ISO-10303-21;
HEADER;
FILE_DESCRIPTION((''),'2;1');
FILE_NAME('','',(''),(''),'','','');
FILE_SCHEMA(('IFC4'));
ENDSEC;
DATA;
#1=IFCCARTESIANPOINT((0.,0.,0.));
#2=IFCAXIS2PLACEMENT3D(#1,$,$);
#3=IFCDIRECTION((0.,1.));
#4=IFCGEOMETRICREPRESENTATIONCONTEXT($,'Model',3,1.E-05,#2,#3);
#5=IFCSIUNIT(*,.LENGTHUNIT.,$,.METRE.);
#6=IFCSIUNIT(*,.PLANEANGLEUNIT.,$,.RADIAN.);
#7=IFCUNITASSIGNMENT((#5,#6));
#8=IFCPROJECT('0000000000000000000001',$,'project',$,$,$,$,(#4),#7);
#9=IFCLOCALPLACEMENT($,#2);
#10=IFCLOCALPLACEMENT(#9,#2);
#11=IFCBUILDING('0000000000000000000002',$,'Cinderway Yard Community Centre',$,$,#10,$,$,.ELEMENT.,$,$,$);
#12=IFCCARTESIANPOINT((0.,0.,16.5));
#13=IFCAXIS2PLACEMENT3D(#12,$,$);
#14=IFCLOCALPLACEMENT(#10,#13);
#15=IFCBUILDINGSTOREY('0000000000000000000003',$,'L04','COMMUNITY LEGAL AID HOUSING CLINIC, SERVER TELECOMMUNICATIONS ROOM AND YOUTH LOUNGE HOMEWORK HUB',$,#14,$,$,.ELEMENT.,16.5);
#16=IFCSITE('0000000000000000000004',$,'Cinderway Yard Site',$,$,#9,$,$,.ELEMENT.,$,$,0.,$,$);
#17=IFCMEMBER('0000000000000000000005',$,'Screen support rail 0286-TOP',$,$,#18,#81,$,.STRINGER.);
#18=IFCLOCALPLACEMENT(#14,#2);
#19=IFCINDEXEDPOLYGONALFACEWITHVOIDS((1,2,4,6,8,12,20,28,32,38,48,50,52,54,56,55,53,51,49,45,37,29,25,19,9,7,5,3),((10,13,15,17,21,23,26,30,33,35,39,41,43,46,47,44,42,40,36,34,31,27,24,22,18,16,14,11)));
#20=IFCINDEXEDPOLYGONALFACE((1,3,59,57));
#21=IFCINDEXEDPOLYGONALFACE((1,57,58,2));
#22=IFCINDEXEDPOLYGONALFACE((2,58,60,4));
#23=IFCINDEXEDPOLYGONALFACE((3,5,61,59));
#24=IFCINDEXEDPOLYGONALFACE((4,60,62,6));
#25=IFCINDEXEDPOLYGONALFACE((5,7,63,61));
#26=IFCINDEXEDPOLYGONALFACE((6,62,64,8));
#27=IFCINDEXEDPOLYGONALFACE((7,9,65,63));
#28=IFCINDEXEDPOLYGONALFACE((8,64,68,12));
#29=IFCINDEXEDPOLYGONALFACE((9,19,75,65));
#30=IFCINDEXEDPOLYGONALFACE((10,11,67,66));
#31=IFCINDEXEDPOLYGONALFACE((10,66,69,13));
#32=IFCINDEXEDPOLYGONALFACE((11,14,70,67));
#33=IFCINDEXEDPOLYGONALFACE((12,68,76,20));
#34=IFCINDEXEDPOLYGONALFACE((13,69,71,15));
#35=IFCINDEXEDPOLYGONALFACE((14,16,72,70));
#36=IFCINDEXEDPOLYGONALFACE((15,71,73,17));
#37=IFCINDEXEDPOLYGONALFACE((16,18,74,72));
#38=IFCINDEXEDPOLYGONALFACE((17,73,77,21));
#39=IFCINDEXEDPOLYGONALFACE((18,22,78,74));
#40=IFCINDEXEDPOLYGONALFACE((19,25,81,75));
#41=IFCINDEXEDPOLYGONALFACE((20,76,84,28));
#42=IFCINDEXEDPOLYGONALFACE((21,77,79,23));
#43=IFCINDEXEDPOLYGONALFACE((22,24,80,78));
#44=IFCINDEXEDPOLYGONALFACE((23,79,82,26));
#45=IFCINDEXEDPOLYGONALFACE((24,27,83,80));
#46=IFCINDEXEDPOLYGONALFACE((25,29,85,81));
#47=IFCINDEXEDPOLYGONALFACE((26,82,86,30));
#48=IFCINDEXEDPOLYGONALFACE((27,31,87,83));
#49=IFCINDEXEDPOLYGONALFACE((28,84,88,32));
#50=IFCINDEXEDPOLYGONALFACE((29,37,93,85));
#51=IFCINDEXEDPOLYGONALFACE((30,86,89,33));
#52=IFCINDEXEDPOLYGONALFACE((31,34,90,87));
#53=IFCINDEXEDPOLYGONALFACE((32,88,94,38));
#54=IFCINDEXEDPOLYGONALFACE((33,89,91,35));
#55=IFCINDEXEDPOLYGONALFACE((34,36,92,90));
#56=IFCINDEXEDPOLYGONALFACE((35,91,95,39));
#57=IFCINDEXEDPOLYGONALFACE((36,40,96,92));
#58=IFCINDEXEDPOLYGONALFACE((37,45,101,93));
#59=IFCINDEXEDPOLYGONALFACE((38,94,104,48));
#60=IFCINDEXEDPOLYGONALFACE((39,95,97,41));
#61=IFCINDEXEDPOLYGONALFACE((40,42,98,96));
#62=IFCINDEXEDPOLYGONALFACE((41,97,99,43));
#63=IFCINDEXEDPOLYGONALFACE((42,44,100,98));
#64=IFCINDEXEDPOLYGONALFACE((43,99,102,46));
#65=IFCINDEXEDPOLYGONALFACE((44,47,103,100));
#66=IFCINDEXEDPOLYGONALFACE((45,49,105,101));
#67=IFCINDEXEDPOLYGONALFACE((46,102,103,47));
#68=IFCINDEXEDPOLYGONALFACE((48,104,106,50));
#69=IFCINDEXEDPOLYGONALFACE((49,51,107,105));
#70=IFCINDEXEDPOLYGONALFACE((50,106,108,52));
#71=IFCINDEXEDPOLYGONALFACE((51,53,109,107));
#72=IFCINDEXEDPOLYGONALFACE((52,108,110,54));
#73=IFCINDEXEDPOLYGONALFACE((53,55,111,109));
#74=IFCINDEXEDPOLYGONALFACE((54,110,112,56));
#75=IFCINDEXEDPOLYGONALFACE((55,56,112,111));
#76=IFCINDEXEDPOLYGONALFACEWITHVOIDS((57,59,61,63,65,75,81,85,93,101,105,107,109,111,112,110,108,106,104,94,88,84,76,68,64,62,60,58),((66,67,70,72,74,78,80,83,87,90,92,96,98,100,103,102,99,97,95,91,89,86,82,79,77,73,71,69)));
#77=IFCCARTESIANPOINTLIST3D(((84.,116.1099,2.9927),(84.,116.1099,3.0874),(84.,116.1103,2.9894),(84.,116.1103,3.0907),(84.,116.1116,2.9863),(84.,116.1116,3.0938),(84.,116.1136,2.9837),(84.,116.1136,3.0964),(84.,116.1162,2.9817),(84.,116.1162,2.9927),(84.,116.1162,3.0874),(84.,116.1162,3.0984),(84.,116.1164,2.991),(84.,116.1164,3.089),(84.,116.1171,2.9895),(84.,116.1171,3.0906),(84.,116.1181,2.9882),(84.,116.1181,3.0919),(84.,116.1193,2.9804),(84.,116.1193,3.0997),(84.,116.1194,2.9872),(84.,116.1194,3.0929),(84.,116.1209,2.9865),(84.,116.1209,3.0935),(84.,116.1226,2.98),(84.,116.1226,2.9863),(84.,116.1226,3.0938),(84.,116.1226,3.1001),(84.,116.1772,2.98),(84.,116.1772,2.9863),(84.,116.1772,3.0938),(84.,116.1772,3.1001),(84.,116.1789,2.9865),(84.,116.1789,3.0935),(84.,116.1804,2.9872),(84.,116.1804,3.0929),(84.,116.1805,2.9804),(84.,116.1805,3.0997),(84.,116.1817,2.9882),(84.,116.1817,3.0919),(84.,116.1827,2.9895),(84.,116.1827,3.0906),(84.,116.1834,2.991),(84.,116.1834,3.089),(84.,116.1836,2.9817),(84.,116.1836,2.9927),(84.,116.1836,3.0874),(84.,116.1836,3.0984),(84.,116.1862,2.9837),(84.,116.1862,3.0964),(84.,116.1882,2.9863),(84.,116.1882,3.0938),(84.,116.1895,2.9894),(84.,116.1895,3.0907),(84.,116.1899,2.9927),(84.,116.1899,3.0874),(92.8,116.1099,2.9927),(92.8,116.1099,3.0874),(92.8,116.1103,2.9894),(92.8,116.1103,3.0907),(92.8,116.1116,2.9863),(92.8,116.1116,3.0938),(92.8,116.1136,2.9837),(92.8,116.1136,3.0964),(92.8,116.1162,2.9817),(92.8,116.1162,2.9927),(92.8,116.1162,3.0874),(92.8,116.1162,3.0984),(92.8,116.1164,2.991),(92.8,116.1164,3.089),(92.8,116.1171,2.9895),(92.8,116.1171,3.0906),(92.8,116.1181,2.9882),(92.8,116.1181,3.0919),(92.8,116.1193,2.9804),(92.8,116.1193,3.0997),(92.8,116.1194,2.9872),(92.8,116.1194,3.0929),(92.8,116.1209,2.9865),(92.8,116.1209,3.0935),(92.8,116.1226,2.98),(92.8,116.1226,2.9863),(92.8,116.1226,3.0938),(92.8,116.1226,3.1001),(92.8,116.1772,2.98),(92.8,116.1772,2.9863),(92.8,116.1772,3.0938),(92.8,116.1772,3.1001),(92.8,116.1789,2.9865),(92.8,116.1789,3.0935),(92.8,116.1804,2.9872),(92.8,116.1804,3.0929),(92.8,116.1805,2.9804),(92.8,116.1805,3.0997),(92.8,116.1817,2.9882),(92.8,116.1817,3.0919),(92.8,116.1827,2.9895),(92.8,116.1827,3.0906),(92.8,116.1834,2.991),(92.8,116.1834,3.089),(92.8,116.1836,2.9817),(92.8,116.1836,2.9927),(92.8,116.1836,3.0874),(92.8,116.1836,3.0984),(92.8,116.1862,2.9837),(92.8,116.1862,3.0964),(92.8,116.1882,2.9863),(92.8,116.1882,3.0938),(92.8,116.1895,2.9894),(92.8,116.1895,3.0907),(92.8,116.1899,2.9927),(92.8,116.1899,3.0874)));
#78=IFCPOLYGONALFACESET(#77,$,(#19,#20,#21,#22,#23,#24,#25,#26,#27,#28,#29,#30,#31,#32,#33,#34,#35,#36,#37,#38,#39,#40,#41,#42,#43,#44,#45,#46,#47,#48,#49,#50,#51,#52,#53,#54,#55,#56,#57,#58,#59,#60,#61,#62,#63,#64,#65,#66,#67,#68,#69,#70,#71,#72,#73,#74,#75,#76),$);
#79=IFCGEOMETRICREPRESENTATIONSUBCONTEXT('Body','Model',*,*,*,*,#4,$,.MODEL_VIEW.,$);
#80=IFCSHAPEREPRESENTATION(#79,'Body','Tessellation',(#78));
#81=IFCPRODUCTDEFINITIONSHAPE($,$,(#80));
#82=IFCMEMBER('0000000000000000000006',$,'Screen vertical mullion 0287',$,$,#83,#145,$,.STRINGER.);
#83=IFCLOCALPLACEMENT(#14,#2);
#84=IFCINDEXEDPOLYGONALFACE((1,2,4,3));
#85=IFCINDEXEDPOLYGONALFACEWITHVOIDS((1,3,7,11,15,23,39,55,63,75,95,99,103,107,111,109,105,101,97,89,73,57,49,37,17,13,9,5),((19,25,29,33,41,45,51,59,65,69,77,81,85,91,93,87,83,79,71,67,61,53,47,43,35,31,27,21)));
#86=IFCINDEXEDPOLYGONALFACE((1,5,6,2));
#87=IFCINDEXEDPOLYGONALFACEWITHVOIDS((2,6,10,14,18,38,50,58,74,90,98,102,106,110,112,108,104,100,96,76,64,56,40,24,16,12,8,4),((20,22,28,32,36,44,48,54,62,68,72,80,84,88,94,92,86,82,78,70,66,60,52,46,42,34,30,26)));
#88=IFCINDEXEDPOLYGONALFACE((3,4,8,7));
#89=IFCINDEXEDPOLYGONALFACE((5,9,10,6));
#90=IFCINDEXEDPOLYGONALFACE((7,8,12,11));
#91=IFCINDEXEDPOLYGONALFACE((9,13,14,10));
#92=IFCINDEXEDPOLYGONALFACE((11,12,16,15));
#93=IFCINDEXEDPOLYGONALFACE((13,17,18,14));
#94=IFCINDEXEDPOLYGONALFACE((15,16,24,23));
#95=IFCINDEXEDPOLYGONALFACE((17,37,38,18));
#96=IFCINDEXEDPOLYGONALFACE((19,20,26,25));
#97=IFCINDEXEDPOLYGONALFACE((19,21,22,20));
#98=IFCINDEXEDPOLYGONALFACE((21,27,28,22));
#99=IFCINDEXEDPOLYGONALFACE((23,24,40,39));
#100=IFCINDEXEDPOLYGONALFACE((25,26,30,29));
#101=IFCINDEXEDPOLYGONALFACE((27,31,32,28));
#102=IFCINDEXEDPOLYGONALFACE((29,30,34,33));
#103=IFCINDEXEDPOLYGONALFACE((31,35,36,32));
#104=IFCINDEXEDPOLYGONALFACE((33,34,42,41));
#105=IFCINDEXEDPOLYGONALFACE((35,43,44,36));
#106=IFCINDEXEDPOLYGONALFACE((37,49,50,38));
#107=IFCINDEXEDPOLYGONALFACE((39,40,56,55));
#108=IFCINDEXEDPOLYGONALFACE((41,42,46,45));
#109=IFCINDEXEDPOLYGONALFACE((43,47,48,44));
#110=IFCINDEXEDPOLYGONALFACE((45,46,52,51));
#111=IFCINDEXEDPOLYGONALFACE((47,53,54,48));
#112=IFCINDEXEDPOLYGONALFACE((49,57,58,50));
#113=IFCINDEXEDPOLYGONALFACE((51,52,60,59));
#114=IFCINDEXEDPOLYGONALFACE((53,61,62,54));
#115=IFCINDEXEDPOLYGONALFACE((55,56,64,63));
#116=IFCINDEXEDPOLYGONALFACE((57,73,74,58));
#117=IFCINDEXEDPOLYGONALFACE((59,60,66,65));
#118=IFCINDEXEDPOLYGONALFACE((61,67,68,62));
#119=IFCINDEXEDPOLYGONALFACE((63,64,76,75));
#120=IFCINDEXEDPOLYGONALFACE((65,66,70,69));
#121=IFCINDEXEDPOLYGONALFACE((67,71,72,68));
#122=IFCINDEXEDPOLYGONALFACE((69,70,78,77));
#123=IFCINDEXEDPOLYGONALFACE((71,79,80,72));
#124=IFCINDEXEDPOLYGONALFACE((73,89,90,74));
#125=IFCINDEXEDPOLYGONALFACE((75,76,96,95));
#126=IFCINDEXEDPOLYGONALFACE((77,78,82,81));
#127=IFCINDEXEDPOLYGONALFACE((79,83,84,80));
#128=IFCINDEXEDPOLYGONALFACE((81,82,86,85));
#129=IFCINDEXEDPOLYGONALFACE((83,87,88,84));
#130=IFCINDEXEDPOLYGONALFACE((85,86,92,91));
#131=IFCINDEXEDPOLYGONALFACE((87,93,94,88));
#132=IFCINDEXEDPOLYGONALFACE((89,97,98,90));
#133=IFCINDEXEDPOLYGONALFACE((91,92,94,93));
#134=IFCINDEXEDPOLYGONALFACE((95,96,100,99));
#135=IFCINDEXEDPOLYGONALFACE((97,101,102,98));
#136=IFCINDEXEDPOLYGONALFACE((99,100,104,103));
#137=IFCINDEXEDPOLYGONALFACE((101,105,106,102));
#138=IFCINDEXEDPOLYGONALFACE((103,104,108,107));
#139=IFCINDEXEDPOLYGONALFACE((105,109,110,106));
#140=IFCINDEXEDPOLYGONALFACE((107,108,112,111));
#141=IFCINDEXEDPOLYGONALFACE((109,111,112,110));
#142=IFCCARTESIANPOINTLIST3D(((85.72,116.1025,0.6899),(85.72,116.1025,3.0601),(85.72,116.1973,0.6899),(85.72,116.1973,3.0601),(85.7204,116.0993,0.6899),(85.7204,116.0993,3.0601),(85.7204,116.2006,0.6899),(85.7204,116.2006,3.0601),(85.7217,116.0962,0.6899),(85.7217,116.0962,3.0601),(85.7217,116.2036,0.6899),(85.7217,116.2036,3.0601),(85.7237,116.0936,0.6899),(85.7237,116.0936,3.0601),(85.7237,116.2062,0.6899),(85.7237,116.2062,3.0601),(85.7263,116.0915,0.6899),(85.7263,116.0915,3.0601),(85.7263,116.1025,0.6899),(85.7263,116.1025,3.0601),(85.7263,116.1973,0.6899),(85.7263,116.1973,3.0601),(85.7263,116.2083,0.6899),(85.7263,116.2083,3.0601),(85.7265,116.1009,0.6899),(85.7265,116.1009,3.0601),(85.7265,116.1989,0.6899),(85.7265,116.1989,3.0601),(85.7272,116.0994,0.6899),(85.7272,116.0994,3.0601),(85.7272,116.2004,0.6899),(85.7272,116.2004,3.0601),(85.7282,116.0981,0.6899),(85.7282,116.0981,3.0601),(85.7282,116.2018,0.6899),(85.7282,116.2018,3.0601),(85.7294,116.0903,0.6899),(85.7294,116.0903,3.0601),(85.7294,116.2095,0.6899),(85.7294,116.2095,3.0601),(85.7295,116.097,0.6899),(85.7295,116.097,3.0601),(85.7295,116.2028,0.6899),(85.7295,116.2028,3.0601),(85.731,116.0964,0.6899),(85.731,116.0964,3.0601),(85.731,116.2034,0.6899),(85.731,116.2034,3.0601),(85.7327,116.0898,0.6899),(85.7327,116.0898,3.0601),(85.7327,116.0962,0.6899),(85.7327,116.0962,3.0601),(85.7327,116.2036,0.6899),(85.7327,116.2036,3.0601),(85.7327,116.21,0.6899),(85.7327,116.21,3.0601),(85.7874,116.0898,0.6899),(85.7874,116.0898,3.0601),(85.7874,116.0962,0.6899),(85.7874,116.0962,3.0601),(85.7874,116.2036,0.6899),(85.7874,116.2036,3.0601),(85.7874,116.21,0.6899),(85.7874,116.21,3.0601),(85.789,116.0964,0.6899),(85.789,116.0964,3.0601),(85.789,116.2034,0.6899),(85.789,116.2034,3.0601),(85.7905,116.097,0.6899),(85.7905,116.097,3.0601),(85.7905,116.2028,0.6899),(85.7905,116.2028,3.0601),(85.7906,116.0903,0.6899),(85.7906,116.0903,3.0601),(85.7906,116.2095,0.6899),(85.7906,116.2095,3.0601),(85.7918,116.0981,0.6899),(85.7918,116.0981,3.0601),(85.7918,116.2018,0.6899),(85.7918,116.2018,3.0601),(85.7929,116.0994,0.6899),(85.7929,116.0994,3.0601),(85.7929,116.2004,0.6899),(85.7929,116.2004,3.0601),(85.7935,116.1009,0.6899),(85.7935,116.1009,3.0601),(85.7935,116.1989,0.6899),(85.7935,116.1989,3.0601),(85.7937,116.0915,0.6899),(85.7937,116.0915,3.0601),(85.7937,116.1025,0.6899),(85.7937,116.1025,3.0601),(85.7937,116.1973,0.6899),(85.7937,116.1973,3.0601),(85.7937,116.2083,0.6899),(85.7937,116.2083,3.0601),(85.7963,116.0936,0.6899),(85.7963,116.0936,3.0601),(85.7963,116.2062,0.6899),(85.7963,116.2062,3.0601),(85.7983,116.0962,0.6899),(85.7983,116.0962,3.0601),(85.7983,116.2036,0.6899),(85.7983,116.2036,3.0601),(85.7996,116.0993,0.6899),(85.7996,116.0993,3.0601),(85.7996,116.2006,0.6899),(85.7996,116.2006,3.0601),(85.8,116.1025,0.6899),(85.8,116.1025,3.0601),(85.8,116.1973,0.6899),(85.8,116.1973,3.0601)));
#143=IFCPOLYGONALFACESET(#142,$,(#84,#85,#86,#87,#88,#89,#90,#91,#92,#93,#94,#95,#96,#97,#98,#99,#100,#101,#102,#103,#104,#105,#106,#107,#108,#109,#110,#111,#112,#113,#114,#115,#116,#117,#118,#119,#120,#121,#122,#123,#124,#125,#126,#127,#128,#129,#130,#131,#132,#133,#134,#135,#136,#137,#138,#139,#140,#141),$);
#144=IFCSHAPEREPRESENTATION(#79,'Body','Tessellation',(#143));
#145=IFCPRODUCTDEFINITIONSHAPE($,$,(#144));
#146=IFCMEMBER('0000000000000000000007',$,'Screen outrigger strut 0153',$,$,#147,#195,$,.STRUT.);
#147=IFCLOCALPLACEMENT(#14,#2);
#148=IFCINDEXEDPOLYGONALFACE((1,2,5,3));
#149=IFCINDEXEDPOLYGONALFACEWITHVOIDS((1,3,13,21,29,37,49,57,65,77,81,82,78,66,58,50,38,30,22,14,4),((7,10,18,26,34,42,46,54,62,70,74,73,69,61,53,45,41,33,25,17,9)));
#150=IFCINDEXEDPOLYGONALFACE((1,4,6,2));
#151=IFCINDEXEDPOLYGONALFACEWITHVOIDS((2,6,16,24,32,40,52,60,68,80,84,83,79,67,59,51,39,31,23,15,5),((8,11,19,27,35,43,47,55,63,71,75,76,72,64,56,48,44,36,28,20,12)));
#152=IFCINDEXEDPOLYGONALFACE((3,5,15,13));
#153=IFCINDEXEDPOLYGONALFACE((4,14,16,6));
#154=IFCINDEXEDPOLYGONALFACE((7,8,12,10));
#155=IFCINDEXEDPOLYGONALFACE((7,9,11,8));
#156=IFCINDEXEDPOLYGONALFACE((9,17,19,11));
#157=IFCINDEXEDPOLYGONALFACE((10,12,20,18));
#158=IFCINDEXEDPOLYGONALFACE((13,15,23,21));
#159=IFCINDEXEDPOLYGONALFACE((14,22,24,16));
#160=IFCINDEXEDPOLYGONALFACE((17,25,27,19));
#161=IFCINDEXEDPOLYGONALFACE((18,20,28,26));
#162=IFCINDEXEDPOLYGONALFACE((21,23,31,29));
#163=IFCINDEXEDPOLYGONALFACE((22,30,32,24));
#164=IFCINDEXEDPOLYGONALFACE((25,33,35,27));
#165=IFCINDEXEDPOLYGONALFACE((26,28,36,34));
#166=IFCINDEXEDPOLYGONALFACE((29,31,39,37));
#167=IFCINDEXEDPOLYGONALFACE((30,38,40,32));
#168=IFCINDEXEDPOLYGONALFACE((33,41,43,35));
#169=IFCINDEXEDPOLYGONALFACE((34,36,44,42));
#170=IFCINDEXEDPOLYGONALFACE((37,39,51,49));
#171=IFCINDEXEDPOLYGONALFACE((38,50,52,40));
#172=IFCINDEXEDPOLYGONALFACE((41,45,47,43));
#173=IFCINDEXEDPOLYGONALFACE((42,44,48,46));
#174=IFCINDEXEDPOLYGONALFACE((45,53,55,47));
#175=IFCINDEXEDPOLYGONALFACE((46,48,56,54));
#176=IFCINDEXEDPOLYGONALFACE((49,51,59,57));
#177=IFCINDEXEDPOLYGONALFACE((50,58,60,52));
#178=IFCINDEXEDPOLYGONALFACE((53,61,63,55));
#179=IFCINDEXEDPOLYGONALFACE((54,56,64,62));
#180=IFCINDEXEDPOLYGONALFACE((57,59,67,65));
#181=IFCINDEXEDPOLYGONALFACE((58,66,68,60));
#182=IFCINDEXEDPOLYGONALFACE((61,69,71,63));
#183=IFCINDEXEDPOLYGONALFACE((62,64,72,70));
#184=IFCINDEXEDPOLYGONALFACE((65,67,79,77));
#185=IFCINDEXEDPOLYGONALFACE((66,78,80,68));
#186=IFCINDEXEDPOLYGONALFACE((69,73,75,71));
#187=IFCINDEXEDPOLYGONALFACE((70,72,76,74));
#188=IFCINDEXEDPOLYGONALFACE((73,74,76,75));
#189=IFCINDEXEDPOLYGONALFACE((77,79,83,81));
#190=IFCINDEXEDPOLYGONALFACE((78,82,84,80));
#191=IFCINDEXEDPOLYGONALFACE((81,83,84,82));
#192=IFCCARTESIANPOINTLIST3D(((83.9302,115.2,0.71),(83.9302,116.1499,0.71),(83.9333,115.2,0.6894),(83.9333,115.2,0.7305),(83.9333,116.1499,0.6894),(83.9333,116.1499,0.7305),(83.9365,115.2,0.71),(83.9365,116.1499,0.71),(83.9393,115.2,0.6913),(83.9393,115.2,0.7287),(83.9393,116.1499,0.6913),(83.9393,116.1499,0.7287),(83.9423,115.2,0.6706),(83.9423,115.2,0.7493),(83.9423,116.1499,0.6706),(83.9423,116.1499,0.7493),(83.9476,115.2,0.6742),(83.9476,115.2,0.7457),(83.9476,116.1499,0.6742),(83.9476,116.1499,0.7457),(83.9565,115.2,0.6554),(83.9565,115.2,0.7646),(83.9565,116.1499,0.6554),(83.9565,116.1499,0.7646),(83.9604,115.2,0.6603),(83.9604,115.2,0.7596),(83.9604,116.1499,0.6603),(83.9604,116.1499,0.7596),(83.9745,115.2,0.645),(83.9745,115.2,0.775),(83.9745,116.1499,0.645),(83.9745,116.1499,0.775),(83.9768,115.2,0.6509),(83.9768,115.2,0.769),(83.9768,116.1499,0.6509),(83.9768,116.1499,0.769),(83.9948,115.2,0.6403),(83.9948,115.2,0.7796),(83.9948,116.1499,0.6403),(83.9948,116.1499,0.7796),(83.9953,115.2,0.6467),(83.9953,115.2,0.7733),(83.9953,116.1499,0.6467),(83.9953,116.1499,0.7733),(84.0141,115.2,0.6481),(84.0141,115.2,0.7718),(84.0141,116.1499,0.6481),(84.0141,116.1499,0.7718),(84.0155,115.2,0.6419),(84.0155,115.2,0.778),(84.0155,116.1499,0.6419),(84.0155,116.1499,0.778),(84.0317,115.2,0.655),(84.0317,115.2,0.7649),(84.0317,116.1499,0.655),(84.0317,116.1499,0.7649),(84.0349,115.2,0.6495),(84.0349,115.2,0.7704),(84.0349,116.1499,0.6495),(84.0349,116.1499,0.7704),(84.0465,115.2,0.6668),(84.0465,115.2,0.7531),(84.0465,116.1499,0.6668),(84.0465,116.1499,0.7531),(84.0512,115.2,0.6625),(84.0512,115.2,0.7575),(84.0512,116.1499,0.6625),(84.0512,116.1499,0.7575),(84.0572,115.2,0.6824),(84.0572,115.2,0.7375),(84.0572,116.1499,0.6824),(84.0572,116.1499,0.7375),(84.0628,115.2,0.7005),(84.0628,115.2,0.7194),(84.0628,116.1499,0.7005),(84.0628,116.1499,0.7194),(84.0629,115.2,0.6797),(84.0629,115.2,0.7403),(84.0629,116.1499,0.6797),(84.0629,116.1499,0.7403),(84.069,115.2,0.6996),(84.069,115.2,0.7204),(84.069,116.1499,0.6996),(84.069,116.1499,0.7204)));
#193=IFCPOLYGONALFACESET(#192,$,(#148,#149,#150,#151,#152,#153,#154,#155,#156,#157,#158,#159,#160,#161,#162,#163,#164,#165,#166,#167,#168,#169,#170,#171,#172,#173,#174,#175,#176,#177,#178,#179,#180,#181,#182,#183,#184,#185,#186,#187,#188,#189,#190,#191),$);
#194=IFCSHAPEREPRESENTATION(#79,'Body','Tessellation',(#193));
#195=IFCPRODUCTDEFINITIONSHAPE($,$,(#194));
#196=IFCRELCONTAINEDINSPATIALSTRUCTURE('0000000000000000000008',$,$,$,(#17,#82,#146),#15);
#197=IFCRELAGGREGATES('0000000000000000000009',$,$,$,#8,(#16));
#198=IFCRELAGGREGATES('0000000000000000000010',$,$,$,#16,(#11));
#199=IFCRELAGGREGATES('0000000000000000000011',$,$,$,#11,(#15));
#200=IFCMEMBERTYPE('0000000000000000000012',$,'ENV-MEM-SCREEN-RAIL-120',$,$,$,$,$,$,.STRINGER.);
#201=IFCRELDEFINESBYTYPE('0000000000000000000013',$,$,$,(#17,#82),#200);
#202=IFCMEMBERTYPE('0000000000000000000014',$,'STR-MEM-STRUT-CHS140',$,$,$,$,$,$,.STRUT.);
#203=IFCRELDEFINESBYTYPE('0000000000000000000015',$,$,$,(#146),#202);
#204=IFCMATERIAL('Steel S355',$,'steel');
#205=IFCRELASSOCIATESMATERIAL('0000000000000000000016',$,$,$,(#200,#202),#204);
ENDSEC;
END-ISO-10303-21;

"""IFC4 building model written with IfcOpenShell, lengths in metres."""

from ifc_helpers import new_model, si_unit, direction, frame, origin, origin_2d, place, context, subcontext, project, spatial, hollow_rectangle, hollow_circle, extrude, material, material_profile, profile_set, type_object, element, save


model = new_model("IFC4")

# Units and contexts
model_context = context("Model", 3, precision=1e-05, world=origin(), true_north=direction((0.0, 1.0)))
body_context = subcontext(model_context, "Body", "Model", "MODEL_VIEW")
ifc_project = project(units=[si_unit("LENGTHUNIT", "METRE"), si_unit("PLANEANGLEUNIT", "RADIAN")], contexts=[model_context])

# Site, building, storey
site_placement = place(None, origin())
site = spatial("IfcSite", under=ifc_project, at=site_placement, Name="Cinderway Yard Site", CompositionType="ELEMENT", RefElevation=0.0)
building_placement = place(site_placement, origin())
building = spatial("IfcBuilding", under=site, at=building_placement, Name="Cinderway Yard Community Centre", CompositionType="ELEMENT")
storey_placement = place(building_placement, frame((0.0, 0.0, 16.5)))
storey = spatial("IfcBuildingStorey", under=building, at=storey_placement, Name="L04", Description="COMMUNITY LEGAL AID HOUSING CLINIC, SERVER TELECOMMUNICATIONS ROOM AND YOUTH LOUNGE HOMEWORK HUB", CompositionType="ELEMENT", Elevation=16.5)

# Members
ifc_material_1 = material(Name="Steel S355", Category="steel")
ifc_material_profile_1 = material_profile(ifc_material_1, hollow_rectangle(XDim=0.0801, YDim=0.1201, WallThickness=0.0063, InnerFilletRadius=0.0063, OuterFilletRadius=0.0127, at=origin_2d()), Name="Steel S355")
ifc_profile_set_1 = profile_set([ifc_material_profile_1], Name="Steel S355")
member_type_1 = type_object("IfcMemberType", Name="ENV-MEM-SCREEN-RAIL-120", PredefinedType="STRINGER", material=ifc_profile_set_1)
for number, where, z_axis, x_axis, name in (
    (1, (84.0, 116.1499, 3.04), (1.0, 0.0, 0.0), (0.0, 1.0, 0.0), "Screen support rail 0286-TOP"),
):
    element("IfcMember", number, at=place(storey_placement, frame(where, z_axis=z_axis, x_axis=x_axis)), inside=storey, type_object=member_type_1, Name=name, PredefinedType="STRINGER", context=body_context, shape_type="SweptSolid", body=[
        extrude(hollow_rectangle(XDim=0.0801, YDim=0.1201, WallThickness=0.0063, InnerFilletRadius=0.0063, OuterFilletRadius=0.0127, at=origin_2d()), origin(), (0.0, 0.0, 1.0), 8.8),
    ])
member_1_placement = place(storey_placement, frame((85.76, 116.1499, 0.6899), z_axis=(0.0, 0.0, 1.0), x_axis=(1.0, 0.0, 0.0)))
element("IfcMember", 2, at=member_1_placement, inside=storey, type_object=member_type_1, Name="Screen vertical mullion 0287", PredefinedType="STRINGER", context=body_context, shape_type="SweptSolid", body=[
    extrude(hollow_rectangle(XDim=0.0801, YDim=0.1201, WallThickness=0.0063, InnerFilletRadius=0.0063, OuterFilletRadius=0.0127, at=origin_2d()), origin(), (0.0, 0.0, 1.0), 2.3701),
])
ifc_material_profile_2 = material_profile(ifc_material_1, hollow_circle(Radius=0.0698, WallThickness=0.0063, at=origin_2d()), Name="Steel S355")
ifc_profile_set_2 = profile_set([ifc_material_profile_2], Name="Steel S355")
member_type_2 = type_object("IfcMemberType", Name="STR-MEM-STRUT-CHS140", PredefinedType="STRUT", material=ifc_profile_set_2)
for number, where, z_axis, x_axis, name in (
    (3, (84.0, 115.2, 0.71), (0.0, 1.0, 0.0), (-1.0, 0.0, 0.0), "Screen outrigger strut 0153"),
):
    element("IfcMember", number, at=place(storey_placement, frame(where, z_axis=z_axis, x_axis=x_axis)), inside=storey, type_object=member_type_2, Name=name, PredefinedType="STRUT", context=body_context, shape_type="SweptSolid", body=[
        extrude(hollow_circle(Radius=0.0698, WallThickness=0.0063, at=origin_2d()), origin(), (0.0, 0.0, 1.0), 0.95),
    ])

save(model, "model.ifc")
